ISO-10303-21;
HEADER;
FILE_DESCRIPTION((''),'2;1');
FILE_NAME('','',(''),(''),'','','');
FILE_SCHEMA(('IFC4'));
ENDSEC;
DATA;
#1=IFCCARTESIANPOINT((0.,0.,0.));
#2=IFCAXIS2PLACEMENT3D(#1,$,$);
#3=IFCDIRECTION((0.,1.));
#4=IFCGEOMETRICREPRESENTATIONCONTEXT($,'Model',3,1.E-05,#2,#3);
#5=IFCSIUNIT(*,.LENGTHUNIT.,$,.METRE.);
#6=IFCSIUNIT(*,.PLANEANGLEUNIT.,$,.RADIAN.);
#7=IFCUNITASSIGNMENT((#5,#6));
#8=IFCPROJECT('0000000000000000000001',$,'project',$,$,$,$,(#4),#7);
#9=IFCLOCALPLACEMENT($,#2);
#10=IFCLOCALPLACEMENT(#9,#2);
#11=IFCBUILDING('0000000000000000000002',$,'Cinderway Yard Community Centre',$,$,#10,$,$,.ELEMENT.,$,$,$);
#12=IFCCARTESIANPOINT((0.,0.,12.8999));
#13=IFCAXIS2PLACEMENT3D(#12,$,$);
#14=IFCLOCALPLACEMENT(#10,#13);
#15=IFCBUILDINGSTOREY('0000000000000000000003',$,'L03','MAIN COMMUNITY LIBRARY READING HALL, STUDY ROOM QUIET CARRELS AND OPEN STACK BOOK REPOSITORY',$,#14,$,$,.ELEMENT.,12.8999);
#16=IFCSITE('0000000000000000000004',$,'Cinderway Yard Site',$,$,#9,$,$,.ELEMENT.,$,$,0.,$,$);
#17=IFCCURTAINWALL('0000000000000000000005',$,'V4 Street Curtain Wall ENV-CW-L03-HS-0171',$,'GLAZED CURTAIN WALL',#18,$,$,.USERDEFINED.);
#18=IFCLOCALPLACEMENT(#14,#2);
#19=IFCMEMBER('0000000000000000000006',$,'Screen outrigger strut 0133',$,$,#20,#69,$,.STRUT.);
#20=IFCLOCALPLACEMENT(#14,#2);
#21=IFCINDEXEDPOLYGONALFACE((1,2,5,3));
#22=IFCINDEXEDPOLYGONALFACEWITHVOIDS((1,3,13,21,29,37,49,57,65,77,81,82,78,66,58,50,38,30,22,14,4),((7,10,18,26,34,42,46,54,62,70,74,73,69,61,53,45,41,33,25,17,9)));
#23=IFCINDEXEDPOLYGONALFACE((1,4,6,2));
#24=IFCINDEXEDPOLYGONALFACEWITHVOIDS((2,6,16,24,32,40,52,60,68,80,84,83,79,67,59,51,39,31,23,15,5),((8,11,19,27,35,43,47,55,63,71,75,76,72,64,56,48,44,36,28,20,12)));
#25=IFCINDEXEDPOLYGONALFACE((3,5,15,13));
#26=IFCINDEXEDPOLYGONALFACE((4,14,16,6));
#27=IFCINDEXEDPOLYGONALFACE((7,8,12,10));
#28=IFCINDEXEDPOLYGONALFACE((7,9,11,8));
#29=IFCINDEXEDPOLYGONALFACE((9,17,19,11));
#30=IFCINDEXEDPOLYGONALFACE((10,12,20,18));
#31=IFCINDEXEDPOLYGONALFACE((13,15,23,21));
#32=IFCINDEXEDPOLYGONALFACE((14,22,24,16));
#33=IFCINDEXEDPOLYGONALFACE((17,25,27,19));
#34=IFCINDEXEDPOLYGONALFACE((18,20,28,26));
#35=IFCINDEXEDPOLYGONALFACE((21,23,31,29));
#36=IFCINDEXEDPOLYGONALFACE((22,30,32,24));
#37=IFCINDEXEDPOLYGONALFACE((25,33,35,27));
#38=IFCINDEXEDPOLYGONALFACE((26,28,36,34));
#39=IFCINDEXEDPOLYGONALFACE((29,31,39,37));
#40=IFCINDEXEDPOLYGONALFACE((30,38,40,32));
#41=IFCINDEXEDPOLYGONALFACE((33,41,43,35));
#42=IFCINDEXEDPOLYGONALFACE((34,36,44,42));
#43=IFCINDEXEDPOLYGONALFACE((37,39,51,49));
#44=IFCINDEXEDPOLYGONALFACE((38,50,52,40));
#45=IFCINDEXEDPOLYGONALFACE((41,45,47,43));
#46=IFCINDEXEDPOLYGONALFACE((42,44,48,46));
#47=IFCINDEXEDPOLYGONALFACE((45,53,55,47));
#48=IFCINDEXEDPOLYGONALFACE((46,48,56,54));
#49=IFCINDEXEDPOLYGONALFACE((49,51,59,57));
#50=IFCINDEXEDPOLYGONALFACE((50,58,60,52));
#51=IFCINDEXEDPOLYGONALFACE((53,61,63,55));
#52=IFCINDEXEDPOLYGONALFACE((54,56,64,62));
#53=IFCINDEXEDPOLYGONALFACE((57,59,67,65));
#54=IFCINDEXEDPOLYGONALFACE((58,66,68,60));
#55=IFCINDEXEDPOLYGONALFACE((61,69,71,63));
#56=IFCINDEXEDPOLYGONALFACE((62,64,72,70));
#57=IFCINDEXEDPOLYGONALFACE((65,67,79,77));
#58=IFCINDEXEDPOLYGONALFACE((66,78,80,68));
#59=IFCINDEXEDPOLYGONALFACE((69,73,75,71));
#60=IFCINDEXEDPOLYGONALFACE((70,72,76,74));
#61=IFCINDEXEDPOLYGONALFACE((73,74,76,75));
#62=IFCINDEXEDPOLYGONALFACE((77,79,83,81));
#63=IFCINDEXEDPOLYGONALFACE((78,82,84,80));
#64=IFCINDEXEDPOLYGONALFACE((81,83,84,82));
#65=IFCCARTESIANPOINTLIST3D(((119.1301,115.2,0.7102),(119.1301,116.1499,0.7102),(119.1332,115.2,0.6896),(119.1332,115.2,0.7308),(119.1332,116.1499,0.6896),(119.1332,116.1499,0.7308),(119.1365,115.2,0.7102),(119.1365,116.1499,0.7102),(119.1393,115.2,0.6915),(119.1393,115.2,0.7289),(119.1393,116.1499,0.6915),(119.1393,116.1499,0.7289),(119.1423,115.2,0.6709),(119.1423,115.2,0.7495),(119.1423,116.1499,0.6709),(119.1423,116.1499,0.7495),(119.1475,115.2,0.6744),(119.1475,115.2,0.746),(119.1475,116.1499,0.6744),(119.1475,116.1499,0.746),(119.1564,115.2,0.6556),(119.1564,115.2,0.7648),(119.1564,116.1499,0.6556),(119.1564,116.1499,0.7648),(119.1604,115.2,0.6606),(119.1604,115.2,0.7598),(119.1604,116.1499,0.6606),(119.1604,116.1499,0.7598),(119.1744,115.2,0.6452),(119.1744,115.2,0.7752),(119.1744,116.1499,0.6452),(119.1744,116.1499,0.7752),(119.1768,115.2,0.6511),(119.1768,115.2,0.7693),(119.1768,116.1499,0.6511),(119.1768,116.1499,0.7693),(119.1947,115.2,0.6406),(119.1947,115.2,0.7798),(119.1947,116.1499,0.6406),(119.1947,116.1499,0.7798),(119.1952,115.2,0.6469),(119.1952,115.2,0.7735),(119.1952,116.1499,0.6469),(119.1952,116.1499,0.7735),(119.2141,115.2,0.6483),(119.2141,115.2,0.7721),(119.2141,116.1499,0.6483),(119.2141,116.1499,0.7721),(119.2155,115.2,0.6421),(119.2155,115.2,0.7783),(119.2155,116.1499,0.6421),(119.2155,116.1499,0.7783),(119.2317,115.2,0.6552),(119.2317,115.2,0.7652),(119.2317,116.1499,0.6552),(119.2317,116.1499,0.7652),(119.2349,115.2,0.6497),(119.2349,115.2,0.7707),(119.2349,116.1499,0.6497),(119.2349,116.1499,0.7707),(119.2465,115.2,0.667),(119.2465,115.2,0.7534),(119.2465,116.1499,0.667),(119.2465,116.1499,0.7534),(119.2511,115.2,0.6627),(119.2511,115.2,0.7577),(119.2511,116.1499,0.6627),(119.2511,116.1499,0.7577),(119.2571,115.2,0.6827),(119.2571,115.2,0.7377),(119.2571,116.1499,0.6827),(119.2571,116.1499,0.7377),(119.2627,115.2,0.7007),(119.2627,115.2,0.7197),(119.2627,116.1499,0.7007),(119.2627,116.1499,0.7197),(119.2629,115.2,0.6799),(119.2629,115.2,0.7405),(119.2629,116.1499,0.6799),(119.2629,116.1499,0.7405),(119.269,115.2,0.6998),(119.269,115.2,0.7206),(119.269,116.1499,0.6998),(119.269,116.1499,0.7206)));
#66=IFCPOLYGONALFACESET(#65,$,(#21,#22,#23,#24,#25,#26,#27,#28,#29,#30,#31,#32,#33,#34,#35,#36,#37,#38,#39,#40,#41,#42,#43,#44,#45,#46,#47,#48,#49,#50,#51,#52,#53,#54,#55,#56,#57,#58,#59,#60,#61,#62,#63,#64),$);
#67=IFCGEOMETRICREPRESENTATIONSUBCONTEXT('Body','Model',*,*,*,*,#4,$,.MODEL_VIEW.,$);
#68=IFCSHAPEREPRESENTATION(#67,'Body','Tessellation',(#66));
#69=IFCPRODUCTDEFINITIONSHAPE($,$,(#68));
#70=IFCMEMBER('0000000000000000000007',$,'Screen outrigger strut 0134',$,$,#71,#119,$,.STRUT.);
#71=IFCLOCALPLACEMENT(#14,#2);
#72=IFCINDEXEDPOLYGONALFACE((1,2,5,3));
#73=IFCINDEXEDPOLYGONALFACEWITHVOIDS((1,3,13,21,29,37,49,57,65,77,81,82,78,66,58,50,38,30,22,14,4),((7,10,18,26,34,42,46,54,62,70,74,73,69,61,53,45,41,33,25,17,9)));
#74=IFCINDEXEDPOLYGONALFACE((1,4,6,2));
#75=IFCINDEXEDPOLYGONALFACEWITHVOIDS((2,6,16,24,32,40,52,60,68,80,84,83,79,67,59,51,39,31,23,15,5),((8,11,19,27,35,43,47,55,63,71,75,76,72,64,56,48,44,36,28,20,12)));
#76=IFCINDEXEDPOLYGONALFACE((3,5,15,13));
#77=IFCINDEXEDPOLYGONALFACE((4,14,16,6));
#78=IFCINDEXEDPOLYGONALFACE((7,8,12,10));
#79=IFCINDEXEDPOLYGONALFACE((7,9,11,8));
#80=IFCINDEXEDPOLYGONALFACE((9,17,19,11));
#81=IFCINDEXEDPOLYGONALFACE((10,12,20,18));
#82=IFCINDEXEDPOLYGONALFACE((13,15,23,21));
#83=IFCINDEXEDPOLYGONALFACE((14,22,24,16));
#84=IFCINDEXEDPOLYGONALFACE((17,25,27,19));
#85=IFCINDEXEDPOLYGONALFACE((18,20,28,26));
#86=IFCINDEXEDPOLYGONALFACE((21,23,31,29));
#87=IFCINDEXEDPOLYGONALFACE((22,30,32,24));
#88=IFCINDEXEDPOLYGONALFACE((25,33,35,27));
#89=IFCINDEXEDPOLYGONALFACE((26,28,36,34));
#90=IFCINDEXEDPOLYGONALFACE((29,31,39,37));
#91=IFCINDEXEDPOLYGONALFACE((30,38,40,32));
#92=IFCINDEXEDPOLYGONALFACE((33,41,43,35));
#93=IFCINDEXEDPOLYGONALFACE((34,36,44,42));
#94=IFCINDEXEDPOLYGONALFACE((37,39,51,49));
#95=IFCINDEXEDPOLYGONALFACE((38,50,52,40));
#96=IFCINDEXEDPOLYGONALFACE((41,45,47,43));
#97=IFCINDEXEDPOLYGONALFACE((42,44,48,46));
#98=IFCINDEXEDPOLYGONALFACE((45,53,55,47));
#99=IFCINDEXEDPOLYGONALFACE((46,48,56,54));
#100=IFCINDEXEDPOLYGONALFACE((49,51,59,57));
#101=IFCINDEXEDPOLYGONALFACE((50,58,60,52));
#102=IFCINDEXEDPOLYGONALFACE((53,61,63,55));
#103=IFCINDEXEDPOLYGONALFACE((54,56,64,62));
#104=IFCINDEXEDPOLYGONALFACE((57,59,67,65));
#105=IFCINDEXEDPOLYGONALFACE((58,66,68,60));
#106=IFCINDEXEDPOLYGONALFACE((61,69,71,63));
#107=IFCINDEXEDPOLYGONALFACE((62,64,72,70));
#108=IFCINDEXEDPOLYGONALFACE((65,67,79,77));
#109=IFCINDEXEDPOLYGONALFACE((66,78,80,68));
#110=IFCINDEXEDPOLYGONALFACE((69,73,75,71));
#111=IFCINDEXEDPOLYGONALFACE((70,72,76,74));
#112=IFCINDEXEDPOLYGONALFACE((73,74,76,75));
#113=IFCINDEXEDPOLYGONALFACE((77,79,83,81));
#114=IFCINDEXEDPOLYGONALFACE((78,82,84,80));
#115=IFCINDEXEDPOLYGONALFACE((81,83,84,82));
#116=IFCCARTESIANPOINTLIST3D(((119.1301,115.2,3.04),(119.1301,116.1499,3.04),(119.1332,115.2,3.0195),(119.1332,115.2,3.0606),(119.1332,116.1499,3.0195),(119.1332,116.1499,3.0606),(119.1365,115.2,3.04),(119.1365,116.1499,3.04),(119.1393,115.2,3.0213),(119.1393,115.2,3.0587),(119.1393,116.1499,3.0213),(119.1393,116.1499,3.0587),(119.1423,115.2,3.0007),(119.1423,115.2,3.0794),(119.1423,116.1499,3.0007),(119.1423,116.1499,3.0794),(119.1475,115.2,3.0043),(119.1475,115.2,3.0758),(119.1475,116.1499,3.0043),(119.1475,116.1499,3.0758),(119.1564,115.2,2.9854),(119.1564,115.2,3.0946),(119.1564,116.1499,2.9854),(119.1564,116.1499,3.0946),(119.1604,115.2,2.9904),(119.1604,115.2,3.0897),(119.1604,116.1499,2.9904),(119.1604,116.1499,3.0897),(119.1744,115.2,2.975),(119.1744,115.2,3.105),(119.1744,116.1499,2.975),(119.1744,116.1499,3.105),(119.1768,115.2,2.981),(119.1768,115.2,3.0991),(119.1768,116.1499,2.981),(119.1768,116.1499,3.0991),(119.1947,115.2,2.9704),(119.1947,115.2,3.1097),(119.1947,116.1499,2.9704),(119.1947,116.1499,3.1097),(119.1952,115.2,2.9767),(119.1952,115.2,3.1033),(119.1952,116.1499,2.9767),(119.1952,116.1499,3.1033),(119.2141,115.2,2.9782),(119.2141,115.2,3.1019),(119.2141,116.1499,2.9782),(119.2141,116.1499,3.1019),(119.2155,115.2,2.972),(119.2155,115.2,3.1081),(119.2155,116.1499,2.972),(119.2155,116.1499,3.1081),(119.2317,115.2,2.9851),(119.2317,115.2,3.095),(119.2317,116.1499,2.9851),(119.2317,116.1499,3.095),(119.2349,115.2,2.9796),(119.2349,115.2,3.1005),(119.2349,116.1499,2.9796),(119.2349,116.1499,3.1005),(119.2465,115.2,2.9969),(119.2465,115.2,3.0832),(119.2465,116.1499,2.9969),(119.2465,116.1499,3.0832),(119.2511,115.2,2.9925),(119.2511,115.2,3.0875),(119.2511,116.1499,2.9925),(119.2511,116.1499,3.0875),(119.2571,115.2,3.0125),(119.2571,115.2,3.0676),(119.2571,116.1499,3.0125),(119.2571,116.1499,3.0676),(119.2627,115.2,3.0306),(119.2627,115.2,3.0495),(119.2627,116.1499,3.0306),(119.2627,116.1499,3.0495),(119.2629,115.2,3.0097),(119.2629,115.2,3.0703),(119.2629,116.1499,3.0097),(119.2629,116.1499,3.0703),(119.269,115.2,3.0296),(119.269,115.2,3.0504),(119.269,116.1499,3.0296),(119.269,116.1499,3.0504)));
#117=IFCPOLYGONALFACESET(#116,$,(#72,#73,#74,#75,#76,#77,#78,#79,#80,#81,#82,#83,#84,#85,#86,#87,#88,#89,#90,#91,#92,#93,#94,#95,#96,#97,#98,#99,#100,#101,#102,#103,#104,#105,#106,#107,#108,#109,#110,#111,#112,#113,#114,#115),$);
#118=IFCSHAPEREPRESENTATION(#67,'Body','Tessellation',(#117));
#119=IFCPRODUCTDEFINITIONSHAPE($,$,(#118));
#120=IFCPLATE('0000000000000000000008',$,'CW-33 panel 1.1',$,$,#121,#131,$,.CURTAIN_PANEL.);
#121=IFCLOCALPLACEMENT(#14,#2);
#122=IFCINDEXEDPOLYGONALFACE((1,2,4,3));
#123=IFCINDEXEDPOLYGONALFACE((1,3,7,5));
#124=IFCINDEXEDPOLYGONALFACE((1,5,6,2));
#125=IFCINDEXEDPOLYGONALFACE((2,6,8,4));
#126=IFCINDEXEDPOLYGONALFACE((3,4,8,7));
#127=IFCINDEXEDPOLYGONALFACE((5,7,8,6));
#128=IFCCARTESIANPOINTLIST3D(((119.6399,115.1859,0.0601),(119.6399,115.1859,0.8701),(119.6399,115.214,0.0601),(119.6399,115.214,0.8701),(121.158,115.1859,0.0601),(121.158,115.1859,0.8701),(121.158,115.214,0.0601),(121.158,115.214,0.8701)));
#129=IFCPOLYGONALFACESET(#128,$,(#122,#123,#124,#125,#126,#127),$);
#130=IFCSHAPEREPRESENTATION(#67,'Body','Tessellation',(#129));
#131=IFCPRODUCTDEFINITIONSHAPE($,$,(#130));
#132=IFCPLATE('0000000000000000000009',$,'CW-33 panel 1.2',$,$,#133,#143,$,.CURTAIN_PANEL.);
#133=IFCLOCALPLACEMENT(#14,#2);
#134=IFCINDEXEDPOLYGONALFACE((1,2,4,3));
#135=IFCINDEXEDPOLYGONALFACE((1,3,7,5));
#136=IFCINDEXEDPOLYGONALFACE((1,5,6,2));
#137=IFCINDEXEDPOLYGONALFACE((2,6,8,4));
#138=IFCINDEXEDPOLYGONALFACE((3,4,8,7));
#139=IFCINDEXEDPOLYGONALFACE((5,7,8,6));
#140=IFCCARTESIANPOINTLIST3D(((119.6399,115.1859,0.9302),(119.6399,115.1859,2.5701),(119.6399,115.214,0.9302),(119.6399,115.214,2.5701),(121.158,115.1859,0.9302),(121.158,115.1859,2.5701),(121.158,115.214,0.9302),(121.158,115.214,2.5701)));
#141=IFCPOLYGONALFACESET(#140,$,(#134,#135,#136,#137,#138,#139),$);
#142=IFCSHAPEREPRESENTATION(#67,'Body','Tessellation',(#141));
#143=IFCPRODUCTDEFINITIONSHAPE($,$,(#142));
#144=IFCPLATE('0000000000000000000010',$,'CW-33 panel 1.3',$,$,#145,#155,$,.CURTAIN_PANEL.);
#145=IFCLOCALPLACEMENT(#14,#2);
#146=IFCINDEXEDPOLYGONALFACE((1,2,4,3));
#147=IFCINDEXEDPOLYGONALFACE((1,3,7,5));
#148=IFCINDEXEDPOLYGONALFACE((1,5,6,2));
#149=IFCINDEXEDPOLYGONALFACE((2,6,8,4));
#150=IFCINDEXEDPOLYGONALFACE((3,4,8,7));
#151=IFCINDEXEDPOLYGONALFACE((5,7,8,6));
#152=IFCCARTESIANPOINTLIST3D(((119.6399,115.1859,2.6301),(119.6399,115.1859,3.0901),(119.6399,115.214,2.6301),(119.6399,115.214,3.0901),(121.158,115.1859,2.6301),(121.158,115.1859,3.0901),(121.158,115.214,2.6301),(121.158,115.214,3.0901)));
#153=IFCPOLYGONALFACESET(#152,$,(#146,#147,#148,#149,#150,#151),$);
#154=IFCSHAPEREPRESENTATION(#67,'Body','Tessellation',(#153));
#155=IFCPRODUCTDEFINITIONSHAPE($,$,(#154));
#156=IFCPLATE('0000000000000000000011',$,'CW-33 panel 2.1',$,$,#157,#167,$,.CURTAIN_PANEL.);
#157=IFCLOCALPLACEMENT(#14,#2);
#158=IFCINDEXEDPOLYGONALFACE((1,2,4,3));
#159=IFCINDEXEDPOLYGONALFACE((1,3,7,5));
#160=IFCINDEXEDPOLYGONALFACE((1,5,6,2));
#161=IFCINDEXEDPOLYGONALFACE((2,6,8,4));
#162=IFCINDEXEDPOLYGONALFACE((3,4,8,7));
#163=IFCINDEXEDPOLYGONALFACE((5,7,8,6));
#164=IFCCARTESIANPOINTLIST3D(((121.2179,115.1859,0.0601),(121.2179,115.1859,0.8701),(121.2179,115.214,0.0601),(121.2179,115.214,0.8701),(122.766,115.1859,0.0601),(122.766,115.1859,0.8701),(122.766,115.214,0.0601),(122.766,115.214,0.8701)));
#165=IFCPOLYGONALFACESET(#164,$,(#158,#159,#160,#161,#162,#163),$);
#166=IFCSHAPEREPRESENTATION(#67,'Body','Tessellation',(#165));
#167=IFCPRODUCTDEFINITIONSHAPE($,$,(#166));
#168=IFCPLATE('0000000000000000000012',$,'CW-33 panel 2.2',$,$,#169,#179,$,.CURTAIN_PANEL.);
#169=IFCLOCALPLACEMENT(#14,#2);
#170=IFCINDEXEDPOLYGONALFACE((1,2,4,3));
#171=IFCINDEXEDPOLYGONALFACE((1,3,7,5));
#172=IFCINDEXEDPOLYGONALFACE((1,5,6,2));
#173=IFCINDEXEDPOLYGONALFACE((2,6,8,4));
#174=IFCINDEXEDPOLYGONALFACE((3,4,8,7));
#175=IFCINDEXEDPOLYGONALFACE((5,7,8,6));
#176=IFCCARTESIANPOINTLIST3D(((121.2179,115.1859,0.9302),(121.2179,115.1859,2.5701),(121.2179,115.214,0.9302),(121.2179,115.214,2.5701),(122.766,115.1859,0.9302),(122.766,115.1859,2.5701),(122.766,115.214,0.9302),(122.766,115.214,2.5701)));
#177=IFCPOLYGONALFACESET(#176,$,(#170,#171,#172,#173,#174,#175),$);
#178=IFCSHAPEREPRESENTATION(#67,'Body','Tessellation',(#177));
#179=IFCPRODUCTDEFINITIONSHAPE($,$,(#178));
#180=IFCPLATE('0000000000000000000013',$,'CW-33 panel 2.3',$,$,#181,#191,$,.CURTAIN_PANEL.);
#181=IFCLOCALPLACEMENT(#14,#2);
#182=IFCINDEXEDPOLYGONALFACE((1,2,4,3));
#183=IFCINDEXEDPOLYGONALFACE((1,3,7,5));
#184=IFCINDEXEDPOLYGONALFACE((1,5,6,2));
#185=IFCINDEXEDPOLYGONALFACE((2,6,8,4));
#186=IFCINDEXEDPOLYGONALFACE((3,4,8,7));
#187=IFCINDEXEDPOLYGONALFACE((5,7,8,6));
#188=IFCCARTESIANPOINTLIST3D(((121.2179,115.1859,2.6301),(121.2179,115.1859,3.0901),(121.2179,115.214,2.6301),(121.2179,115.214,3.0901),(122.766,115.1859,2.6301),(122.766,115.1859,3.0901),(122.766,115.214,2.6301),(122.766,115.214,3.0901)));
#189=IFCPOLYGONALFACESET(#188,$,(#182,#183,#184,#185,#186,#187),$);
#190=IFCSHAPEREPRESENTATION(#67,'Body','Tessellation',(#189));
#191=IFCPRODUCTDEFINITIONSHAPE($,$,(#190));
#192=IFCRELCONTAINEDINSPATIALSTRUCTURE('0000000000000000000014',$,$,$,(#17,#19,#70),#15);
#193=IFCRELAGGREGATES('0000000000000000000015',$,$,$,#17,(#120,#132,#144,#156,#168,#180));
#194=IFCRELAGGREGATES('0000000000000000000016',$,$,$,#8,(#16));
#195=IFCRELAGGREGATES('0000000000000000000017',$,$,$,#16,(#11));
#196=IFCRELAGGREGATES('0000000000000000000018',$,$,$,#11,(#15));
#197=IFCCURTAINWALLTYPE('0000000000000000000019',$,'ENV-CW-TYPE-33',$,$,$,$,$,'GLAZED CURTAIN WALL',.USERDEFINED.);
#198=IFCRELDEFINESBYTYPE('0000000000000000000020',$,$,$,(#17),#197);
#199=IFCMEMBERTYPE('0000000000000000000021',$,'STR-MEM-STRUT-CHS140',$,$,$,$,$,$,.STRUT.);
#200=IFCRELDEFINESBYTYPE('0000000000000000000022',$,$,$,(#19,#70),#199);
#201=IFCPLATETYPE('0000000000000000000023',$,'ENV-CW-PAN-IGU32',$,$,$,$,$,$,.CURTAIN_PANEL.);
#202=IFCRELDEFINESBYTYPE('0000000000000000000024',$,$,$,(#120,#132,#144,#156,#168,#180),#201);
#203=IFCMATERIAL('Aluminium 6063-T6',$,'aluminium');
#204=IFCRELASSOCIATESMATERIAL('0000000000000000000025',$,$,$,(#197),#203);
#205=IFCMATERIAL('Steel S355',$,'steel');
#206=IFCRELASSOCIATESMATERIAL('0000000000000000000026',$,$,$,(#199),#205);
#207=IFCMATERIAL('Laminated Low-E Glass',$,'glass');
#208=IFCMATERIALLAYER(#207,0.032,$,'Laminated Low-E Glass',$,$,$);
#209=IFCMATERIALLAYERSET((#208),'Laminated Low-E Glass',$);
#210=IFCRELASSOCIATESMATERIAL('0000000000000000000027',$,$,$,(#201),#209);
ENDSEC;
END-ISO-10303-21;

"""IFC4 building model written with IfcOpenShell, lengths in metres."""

from ifc_helpers import new_model, si_unit, direction, frame, origin, origin_2d, place, context, subcontext, project, spatial, rectangle, hollow_circle, extrude, material, layer, layer_set, material_profile, profile_set, type_object, element, aggregate, save


model = new_model("IFC4")

# Units and contexts
model_context = context("Model", 3, precision=1e-05, world=origin(), true_north=direction((0.0, 1.0)))
body_context = subcontext(model_context, "Body", "Model", "MODEL_VIEW")
ifc_project = project(units=[si_unit("LENGTHUNIT", "METRE"), si_unit("PLANEANGLEUNIT", "RADIAN")], contexts=[model_context])

# Site, building, storey
site_placement = place(None, origin())
site = spatial("IfcSite", under=ifc_project, at=site_placement, Name="Cinderway Yard Site", CompositionType="ELEMENT", RefElevation=0.0)
building_placement = place(site_placement, origin())
building = spatial("IfcBuilding", under=site, at=building_placement, Name="Cinderway Yard Community Centre", CompositionType="ELEMENT")
storey_placement = place(building_placement, frame((0.0, 0.0, 12.8999)))
storey = spatial("IfcBuildingStorey", under=building, at=storey_placement, Name="L03", Description="MAIN COMMUNITY LIBRARY READING HALL, STUDY ROOM QUIET CARRELS AND OPEN STACK BOOK REPOSITORY", CompositionType="ELEMENT", Elevation=12.8999)

# Curtain wall
ifc_material_1 = material(Name="Aluminium 6063-T6", Category="aluminium")
curtain_wall_type = type_object("IfcCurtainWallType", Name="ENV-CW-TYPE-33", ElementType="GLAZED CURTAIN WALL", PredefinedType="USERDEFINED", material=ifc_material_1)
curtain_wall_placement = place(storey_placement, origin())
curtain_wall = element("IfcCurtainWall", 1, at=curtain_wall_placement, inside=storey, type_object=curtain_wall_type, Name="V4 Street Curtain Wall ENV-CW-L03-HS-0171", ObjectType="GLAZED CURTAIN WALL", PredefinedType="USERDEFINED")

# Members
ifc_material_2 = material(Name="Steel S355", Category="steel")
ifc_material_profile_1 = material_profile(ifc_material_2, hollow_circle(Radius=0.0698, WallThickness=0.0063, at=origin_2d()), Name="Steel S355")
ifc_profile_set_1 = profile_set([ifc_material_profile_1], Name="Steel S355")
member_type_1 = type_object("IfcMemberType", Name="STR-MEM-STRUT-CHS140", PredefinedType="STRUT", material=ifc_profile_set_1)
for number, where, z_axis, x_axis, name in (
    (2, (119.2, 115.2, 0.7102), (0.0, 1.0, 0.0), (-1.0, 0.0, 0.0), "Screen outrigger strut 0133"),
    (3, (119.2, 115.2, 3.04), (0.0, 1.0, 0.0), (-1.0, 0.0, 0.0), "Screen outrigger strut 0134"),
):
    element("IfcMember", number, at=place(storey_placement, frame(where, z_axis=z_axis, x_axis=x_axis)), inside=storey, type_object=member_type_1, Name=name, PredefinedType="STRUT", context=body_context, shape_type="SweptSolid", body=[
        extrude(hollow_circle(Radius=0.0698, WallThickness=0.0063, at=origin_2d()), origin(), (0.0, 0.0, 1.0), 0.95),
    ])

# Plates
ifc_material_3 = material(Name="Laminated Low-E Glass", Category="glass")
ifc_layer = layer(ifc_material_3, 0.032, Name="Laminated Low-E Glass")
ifc_layer_set = layer_set([ifc_layer], Name="Laminated Low-E Glass")
plate_type = type_object("IfcPlateType", Name="ENV-CW-PAN-IGU32", PredefinedType="CURTAIN_PANEL", material=ifc_layer_set)
plate_1_placement = place(storey_placement, frame((120.3989, 115.2, 0.0601), z_axis=(0.0, 0.0, 1.0), x_axis=(1.0, 0.0, 0.0)))
plate_1 = element("IfcPlate", 4, at=plate_1_placement, type_object=plate_type, Name="CW-33 panel 1.1", PredefinedType="CURTAIN_PANEL", context=body_context, shape_type="SweptSolid", body=[
    extrude(rectangle(XDim=1.5181, YDim=0.0281, at=origin_2d()), origin(), (0.0, 0.0, 1.0), 0.8101),
])
plate_2_placement = place(storey_placement, frame((120.3989, 115.2, 0.9302), z_axis=(0.0, 0.0, 1.0), x_axis=(1.0, 0.0, 0.0)))
plate_2 = element("IfcPlate", 5, at=plate_2_placement, type_object=plate_type, Name="CW-33 panel 1.2", PredefinedType="CURTAIN_PANEL", context=body_context, shape_type="SweptSolid", body=[
    extrude(rectangle(XDim=1.5181, YDim=0.0281, at=origin_2d()), origin(), (0.0, 0.0, 1.0), 1.6399),
])
plate_3_placement = place(storey_placement, frame((120.3989, 115.2, 2.6301), z_axis=(0.0, 0.0, 1.0), x_axis=(1.0, 0.0, 0.0)))
plate_3 = element("IfcPlate", 6, at=plate_3_placement, type_object=plate_type, Name="CW-33 panel 1.3", PredefinedType="CURTAIN_PANEL", context=body_context, shape_type="SweptSolid", body=[
    extrude(rectangle(XDim=1.5181, YDim=0.0281, at=origin_2d()), origin(), (0.0, 0.0, 1.0), 0.46),
])
plate_4_placement = place(storey_placement, frame((121.9919, 115.2, 0.0601), z_axis=(0.0, 0.0, 1.0), x_axis=(1.0, 0.0, 0.0)))
plate_4 = element("IfcPlate", 7, at=plate_4_placement, type_object=plate_type, Name="CW-33 panel 2.1", PredefinedType="CURTAIN_PANEL", context=body_context, shape_type="SweptSolid", body=[
    extrude(rectangle(XDim=1.5481, YDim=0.0281, at=origin_2d()), origin(), (0.0, 0.0, 1.0), 0.8101),
])
plate_5_placement = place(storey_placement, frame((121.9919, 115.2, 0.9302), z_axis=(0.0, 0.0, 1.0), x_axis=(1.0, 0.0, 0.0)))
plate_5 = element("IfcPlate", 8, at=plate_5_placement, type_object=plate_type, Name="CW-33 panel 2.2", PredefinedType="CURTAIN_PANEL", context=body_context, shape_type="SweptSolid", body=[
    extrude(rectangle(XDim=1.5481, YDim=0.0281, at=origin_2d()), origin(), (0.0, 0.0, 1.0), 1.6399),
])
plate_6_placement = place(storey_placement, frame((121.9919, 115.2, 2.6301), z_axis=(0.0, 0.0, 1.0), x_axis=(1.0, 0.0, 0.0)))
plate_6 = element("IfcPlate", 9, at=plate_6_placement, type_object=plate_type, Name="CW-33 panel 2.3", PredefinedType="CURTAIN_PANEL", context=body_context, shape_type="SweptSolid", body=[
    extrude(rectangle(XDim=1.5481, YDim=0.0281, at=origin_2d()), origin(), (0.0, 0.0, 1.0), 0.46),
])
aggregate(curtain_wall, [plate_1, plate_2, plate_3, plate_4, plate_5, plate_6])

save(model, "model.ifc")
